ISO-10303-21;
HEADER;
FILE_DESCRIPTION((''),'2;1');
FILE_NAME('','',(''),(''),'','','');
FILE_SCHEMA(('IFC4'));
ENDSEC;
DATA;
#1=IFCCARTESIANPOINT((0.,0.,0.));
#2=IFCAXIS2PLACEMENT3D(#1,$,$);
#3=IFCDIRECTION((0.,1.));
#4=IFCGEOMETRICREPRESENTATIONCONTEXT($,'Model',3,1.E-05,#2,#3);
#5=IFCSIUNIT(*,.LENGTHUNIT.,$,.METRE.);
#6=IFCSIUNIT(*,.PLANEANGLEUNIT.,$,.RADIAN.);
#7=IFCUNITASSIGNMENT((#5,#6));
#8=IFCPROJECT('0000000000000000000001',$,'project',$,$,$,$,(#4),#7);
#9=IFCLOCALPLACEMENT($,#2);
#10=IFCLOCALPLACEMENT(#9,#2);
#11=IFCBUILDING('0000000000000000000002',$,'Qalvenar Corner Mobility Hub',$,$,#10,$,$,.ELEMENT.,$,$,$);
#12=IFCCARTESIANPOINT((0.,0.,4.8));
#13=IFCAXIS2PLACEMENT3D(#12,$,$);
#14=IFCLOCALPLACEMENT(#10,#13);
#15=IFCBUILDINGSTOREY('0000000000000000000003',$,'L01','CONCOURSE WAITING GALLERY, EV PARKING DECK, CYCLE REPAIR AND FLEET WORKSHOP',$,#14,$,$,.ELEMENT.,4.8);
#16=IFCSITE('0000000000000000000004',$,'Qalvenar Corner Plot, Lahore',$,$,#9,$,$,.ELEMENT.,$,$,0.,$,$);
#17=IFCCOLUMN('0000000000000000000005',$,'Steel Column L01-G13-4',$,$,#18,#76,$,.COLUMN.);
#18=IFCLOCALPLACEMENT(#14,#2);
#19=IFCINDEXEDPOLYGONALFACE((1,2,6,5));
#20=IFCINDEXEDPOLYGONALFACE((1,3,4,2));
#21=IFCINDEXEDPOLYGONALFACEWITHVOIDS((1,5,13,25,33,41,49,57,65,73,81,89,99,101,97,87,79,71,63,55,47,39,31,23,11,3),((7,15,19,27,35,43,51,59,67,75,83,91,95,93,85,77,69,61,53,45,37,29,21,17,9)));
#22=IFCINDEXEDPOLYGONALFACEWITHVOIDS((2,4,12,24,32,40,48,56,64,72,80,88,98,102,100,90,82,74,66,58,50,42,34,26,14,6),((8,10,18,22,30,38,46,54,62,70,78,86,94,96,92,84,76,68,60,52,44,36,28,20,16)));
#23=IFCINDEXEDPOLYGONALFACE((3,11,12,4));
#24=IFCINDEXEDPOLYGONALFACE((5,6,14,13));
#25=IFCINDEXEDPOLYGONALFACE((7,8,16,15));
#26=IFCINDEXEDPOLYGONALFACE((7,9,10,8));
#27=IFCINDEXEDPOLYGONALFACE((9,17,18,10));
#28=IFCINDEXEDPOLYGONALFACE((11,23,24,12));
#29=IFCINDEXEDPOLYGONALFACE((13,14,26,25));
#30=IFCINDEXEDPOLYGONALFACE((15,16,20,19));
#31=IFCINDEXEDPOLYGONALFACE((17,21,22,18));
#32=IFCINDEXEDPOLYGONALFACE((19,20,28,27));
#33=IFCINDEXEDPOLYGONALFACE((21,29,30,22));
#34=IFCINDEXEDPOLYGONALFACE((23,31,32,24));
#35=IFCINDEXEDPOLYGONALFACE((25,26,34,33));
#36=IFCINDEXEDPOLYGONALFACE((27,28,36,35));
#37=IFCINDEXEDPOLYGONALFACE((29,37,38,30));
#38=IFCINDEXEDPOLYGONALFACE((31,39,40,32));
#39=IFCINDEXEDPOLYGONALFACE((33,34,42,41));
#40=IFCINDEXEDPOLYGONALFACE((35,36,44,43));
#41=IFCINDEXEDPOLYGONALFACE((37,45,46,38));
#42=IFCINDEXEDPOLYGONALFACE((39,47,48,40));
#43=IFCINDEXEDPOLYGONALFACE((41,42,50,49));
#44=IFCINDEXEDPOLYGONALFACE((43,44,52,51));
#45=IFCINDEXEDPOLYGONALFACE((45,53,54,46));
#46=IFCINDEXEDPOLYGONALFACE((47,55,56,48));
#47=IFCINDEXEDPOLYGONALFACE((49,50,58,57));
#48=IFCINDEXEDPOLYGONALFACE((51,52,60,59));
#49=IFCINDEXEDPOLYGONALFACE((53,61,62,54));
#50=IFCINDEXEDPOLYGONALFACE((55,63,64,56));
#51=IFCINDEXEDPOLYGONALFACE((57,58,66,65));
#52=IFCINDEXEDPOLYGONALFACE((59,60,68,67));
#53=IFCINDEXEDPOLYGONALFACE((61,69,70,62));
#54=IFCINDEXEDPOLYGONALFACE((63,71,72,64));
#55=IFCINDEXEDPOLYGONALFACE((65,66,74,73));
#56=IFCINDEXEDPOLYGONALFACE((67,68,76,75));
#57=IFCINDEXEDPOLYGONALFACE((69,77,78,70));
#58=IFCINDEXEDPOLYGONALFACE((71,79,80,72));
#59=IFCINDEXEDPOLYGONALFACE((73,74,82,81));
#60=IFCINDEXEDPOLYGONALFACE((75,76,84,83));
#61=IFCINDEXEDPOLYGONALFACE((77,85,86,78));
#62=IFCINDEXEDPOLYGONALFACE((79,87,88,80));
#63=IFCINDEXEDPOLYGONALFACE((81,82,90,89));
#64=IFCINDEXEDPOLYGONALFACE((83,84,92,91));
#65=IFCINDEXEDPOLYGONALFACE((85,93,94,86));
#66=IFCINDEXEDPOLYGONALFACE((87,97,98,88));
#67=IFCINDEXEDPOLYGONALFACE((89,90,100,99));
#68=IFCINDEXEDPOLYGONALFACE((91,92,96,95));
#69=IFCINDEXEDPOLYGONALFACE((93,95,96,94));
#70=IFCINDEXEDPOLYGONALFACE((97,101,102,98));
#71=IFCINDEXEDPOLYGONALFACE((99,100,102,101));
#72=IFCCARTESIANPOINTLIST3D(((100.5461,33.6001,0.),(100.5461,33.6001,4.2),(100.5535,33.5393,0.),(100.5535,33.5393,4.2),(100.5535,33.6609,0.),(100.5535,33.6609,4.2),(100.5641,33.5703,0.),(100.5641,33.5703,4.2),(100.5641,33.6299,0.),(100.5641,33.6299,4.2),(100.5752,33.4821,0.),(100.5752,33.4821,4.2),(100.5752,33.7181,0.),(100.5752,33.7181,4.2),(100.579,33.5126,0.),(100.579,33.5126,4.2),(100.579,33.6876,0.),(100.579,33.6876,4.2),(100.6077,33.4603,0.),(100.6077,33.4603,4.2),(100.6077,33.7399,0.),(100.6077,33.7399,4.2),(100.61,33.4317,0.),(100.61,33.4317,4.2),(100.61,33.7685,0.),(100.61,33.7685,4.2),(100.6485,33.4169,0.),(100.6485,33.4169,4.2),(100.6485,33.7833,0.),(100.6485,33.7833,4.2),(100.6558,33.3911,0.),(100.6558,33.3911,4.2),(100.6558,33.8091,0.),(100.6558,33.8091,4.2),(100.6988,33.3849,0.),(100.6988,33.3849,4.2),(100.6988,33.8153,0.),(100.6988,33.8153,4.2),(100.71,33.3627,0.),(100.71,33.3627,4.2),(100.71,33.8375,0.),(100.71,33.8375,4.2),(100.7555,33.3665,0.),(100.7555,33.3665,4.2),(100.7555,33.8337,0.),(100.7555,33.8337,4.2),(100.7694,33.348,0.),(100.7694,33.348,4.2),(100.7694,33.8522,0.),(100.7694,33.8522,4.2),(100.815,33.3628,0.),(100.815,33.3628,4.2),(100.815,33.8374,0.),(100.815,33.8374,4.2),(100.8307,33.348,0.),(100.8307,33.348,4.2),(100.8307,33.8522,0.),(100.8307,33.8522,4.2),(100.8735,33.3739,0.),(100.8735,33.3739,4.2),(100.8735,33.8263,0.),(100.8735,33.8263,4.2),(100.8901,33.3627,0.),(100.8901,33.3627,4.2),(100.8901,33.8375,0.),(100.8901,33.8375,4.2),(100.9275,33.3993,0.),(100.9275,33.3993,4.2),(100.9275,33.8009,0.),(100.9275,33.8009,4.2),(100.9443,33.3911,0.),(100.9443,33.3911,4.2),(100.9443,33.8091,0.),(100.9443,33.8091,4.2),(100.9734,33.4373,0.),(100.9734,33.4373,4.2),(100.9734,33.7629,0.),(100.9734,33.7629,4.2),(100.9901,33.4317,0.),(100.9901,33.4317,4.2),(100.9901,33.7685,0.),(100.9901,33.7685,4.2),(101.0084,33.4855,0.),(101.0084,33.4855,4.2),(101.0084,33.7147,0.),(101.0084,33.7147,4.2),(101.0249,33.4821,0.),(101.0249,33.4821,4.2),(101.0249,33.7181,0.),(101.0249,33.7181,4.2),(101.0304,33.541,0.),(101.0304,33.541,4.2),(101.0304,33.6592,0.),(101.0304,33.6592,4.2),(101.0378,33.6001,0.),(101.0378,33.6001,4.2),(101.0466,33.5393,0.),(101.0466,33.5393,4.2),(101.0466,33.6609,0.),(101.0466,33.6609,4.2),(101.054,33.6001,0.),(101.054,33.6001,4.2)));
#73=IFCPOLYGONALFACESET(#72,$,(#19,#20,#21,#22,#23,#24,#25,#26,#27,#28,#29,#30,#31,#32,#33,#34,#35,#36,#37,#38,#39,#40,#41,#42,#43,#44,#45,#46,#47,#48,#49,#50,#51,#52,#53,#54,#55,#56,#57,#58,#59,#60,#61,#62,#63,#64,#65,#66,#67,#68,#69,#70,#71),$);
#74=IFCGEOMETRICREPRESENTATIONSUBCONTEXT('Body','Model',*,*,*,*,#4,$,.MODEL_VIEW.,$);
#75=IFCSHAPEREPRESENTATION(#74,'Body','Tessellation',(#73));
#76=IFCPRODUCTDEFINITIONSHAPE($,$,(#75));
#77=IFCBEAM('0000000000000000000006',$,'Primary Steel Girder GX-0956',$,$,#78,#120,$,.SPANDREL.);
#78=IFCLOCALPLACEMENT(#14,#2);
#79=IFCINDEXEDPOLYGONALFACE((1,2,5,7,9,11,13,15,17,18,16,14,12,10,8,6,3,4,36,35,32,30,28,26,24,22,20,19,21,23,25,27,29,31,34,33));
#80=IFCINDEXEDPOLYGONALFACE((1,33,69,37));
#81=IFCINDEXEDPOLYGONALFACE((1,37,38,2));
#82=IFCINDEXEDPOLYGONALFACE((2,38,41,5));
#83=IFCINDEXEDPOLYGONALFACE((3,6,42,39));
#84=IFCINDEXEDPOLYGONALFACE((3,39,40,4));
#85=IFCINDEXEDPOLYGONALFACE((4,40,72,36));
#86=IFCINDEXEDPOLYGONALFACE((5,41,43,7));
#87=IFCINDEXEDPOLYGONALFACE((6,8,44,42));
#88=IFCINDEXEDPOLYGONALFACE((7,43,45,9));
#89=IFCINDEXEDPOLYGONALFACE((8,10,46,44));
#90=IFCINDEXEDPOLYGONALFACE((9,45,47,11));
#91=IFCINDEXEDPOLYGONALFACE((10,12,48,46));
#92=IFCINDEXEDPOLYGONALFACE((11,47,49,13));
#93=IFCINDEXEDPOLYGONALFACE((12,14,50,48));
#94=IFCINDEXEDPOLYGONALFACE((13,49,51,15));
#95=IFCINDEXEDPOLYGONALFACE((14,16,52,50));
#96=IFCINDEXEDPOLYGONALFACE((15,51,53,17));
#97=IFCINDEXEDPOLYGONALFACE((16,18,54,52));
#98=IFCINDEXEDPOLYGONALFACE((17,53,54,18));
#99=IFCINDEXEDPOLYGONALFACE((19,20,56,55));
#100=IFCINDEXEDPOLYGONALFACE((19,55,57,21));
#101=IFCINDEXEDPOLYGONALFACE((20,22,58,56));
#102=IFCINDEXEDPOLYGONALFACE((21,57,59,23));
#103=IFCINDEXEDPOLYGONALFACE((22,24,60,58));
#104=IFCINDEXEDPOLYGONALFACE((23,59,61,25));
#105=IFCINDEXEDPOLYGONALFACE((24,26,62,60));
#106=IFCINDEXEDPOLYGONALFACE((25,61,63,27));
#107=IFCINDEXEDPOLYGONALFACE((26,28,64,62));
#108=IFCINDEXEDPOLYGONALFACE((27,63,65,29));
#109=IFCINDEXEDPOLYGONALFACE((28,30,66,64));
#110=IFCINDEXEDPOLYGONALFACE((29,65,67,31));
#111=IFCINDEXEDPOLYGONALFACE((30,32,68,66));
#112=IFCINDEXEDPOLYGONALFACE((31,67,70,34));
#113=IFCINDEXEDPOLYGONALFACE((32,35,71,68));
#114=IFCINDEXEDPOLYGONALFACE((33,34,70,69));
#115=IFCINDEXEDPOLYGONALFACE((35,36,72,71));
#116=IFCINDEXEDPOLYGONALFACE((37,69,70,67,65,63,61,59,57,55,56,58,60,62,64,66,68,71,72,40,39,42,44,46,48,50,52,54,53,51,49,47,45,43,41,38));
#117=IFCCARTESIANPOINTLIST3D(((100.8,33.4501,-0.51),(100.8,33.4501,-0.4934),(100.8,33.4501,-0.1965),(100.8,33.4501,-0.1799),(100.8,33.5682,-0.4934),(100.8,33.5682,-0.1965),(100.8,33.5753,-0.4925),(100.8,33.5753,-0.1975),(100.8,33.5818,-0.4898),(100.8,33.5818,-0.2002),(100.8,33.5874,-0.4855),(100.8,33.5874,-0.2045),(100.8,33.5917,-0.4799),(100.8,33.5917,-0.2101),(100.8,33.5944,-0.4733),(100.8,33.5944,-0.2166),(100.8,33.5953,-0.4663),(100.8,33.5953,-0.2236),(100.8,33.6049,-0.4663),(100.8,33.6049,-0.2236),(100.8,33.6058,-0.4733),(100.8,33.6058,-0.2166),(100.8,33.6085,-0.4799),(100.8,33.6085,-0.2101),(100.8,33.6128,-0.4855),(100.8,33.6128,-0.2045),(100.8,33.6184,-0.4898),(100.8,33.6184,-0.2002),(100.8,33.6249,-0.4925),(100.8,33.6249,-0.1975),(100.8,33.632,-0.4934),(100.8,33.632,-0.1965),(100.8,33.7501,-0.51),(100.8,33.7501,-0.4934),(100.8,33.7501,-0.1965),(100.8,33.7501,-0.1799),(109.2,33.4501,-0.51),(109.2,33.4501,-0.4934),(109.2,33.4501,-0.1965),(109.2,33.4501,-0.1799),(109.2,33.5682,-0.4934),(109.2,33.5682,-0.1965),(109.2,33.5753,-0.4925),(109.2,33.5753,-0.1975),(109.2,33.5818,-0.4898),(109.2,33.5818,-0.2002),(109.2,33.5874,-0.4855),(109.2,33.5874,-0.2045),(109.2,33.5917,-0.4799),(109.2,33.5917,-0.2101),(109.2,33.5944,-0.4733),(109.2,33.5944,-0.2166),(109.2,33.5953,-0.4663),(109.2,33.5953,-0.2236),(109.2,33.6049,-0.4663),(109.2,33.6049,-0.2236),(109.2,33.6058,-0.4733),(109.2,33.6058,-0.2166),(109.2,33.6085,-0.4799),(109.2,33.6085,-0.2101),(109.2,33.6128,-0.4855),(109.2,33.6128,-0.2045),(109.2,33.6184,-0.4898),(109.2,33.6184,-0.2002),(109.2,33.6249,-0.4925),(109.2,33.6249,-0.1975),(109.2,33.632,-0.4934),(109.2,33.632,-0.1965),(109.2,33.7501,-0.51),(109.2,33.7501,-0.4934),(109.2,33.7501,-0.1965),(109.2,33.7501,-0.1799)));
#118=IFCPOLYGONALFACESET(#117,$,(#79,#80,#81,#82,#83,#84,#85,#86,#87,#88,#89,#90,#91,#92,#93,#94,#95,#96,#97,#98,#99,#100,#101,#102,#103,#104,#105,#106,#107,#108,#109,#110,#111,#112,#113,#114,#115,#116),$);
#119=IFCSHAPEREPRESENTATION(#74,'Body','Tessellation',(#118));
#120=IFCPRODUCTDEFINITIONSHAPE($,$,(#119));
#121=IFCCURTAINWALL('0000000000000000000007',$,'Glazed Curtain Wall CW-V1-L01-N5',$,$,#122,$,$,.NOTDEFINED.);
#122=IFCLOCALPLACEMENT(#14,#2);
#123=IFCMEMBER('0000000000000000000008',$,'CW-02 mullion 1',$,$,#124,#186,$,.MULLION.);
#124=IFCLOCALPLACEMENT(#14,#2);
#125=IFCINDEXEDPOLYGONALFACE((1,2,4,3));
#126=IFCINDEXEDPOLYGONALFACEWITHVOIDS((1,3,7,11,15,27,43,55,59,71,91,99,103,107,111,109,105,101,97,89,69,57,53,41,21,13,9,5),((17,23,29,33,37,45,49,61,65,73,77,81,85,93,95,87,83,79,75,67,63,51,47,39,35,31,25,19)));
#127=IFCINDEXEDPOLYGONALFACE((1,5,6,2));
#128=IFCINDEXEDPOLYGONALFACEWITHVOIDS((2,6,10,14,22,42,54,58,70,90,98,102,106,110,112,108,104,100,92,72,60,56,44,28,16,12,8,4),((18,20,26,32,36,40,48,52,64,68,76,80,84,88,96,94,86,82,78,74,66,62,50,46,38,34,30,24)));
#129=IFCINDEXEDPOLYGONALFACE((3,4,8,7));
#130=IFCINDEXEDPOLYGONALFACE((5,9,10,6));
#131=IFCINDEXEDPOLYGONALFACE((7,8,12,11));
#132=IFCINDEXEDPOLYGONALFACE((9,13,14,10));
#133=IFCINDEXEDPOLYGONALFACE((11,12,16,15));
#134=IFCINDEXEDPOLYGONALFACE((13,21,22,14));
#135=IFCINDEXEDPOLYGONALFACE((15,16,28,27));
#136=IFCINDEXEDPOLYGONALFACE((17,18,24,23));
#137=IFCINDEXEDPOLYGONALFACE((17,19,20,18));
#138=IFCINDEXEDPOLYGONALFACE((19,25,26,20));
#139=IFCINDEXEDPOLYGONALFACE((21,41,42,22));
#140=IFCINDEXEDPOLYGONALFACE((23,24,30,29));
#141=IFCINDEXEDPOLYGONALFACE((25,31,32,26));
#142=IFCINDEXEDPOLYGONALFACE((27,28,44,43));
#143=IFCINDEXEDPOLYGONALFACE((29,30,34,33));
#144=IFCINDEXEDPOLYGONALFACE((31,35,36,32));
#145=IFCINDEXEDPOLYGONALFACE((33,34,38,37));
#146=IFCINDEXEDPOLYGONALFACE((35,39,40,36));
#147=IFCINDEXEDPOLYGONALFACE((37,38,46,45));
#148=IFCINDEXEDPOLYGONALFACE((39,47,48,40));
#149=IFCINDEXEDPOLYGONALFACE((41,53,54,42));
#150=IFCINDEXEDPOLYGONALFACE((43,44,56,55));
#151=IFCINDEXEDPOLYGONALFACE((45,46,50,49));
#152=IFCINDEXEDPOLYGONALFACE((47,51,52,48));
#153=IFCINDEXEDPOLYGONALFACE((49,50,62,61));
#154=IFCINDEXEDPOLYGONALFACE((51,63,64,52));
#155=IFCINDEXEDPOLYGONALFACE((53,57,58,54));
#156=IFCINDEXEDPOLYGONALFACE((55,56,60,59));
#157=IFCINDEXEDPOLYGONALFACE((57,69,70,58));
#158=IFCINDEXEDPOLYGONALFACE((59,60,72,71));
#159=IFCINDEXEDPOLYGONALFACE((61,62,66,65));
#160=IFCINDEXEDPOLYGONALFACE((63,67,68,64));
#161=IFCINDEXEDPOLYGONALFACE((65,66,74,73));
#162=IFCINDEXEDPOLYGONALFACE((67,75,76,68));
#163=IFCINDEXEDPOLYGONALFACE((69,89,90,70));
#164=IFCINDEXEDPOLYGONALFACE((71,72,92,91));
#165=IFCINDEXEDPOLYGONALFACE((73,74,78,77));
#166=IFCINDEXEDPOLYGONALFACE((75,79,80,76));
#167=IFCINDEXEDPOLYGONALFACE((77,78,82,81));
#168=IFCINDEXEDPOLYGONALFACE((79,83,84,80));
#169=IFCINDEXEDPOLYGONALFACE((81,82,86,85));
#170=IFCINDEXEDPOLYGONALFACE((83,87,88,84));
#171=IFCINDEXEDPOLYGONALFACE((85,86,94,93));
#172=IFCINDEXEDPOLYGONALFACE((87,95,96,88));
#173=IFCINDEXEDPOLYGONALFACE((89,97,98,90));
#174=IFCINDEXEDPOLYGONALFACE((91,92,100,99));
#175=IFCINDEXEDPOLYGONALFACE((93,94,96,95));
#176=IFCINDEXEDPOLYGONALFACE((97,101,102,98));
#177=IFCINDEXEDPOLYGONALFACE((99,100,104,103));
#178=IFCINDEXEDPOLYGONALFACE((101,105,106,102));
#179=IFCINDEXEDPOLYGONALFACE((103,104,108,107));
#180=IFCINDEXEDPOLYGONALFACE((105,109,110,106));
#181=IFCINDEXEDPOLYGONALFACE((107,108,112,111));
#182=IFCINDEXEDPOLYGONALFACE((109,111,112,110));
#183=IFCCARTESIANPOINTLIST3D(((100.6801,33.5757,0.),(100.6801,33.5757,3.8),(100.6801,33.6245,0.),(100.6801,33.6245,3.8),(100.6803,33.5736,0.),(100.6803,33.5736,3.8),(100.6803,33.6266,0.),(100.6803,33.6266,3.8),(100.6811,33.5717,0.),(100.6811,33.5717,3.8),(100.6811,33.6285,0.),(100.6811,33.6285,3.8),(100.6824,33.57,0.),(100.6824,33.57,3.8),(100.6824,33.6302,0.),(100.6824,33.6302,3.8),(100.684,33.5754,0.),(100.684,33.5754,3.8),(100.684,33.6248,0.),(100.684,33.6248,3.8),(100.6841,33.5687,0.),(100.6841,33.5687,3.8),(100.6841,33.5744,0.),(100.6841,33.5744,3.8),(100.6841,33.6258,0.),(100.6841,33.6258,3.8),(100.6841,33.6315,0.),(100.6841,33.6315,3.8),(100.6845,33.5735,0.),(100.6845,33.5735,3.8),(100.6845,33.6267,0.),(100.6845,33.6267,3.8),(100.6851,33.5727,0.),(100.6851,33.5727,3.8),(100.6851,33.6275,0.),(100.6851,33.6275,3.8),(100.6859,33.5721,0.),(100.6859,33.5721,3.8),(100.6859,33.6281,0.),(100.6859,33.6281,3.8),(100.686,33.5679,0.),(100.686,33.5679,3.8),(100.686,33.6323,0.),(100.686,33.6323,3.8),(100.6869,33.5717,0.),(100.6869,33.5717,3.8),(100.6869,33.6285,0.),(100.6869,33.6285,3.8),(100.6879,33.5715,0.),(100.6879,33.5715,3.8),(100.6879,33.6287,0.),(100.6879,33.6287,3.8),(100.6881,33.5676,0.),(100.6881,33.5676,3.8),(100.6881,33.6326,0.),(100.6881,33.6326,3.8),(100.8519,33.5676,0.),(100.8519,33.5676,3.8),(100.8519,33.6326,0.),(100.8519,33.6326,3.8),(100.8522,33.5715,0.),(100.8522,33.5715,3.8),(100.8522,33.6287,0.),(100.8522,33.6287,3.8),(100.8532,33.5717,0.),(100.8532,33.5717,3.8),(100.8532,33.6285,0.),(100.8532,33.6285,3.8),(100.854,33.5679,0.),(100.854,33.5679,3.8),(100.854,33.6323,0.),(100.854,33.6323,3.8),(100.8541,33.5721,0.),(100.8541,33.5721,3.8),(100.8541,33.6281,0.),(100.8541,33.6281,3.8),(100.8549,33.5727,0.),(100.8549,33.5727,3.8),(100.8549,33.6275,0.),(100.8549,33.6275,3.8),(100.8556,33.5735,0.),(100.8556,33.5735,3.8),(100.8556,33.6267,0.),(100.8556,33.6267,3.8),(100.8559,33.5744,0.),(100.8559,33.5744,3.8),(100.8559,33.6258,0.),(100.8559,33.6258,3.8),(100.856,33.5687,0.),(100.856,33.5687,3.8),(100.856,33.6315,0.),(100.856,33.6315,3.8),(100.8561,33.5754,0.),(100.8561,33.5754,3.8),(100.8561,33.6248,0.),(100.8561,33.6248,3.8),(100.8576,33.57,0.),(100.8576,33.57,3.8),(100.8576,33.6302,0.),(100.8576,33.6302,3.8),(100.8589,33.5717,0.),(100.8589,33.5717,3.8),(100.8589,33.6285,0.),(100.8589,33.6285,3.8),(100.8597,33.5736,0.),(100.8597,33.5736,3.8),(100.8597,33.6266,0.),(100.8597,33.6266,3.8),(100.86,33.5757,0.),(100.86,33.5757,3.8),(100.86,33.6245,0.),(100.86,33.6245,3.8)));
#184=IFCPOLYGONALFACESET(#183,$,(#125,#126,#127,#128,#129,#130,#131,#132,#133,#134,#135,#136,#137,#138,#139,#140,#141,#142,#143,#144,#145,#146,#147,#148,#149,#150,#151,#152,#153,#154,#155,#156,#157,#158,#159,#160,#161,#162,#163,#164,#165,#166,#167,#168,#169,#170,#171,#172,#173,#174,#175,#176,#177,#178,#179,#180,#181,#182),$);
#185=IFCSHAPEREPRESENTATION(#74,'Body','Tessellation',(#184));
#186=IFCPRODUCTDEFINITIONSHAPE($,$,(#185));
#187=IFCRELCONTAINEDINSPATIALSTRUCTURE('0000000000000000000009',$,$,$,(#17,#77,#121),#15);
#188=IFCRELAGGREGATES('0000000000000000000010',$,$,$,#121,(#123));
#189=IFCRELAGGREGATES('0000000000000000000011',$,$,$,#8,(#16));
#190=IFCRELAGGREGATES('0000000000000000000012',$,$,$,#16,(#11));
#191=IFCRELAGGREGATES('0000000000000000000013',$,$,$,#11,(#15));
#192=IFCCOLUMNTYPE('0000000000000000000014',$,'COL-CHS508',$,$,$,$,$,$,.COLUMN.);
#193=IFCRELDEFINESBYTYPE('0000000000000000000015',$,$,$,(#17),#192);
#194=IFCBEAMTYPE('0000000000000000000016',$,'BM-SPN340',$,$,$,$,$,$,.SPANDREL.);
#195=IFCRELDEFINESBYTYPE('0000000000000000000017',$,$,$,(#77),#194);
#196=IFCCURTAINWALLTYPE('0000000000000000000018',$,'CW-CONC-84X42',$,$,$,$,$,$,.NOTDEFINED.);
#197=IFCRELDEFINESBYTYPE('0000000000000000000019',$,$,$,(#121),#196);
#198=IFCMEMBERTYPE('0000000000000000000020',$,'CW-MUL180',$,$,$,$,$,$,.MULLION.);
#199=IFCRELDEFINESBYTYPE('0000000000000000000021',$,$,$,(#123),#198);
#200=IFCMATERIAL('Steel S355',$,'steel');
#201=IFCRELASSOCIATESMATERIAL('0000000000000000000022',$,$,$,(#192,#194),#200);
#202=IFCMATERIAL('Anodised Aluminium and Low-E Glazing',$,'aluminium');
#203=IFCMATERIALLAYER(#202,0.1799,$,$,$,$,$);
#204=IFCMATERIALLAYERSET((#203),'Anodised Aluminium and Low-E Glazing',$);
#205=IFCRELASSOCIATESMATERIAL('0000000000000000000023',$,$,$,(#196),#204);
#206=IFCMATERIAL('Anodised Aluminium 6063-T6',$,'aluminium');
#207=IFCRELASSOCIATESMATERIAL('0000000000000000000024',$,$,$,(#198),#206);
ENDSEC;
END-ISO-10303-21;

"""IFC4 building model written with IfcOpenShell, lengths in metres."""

from ifc_helpers import new_model, si_unit, direction, frame, origin, origin_2d, place, context, subcontext, project, spatial, hollow_rectangle, hollow_circle, i_section, extrude, material, layer, layer_set, material_profile, profile_set, type_object, element, aggregate, save


model = new_model("IFC4")

# Units and contexts
model_context = context("Model", 3, precision=1e-05, world=origin(), true_north=direction((0.0, 1.0)))
body_context = subcontext(model_context, "Body", "Model", "MODEL_VIEW")
ifc_project = project(units=[si_unit("LENGTHUNIT", "METRE"), si_unit("PLANEANGLEUNIT", "RADIAN")], contexts=[model_context])

# Site, building, storey
site_placement = place(None, origin())
site = spatial("IfcSite", under=ifc_project, at=site_placement, Name="Qalvenar Corner Plot, Lahore", CompositionType="ELEMENT", RefElevation=0.0)
building_placement = place(site_placement, origin())
building = spatial("IfcBuilding", under=site, at=building_placement, Name="Qalvenar Corner Mobility Hub", CompositionType="ELEMENT")
storey_placement = place(building_placement, frame((0.0, 0.0, 4.8)))
storey = spatial("IfcBuildingStorey", under=building, at=storey_placement, Name="L01", Description="CONCOURSE WAITING GALLERY, EV PARKING DECK, CYCLE REPAIR AND FLEET WORKSHOP", CompositionType="ELEMENT", Elevation=4.8)

# Column
ifc_material_1 = material(Name="Steel S355", Category="steel")
ifc_material_profile_1 = material_profile(ifc_material_1, hollow_circle(Radius=0.2539, WallThickness=0.0161, at=origin_2d()), Name="CHS508x16")
ifc_profile_set_1 = profile_set([ifc_material_profile_1], Name="Steel S355")
column_type = type_object("IfcColumnType", Name="COL-CHS508", PredefinedType="COLUMN", material=ifc_profile_set_1)
column_placement = place(storey_placement, frame((100.8, 33.6001, 0.0), z_axis=(0.0, 0.0, 1.0), x_axis=(1.0, 0.0, 0.0)))
element("IfcColumn", 1, at=column_placement, inside=storey, type_object=column_type, Name="Steel Column L01-G13-4", PredefinedType="COLUMN", context=body_context, shape_type="SweptSolid", body=[
    extrude(hollow_circle(Radius=0.2539, WallThickness=0.0161, at=origin_2d()), origin(), (0.0, 0.0, 1.0), 4.2),
])

# Beam
ifc_material_profile_2 = material_profile(ifc_material_1, i_section(OverallWidth=0.3, OverallDepth=0.3301, WebThickness=0.0095, FlangeThickness=0.0166, FilletRadius=0.0271, at=origin_2d()), Name="HEA340")
ifc_profile_set_2 = profile_set([ifc_material_profile_2], Name="Steel S355")
beam_type = type_object("IfcBeamType", Name="BM-SPN340", PredefinedType="SPANDREL", material=ifc_profile_set_2)
beam_placement = place(storey_placement, frame((100.8, 33.6001, -0.345), z_axis=(1.0, 0.0, 0.0), x_axis=(0.0, 1.0, 0.0)))
element("IfcBeam", 2, at=beam_placement, inside=storey, type_object=beam_type, Name="Primary Steel Girder GX-0956", PredefinedType="SPANDREL", context=body_context, shape_type="SweptSolid", body=[
    extrude(i_section(OverallWidth=0.3, OverallDepth=0.3301, WebThickness=0.0095, FlangeThickness=0.0166, FilletRadius=0.0271, at=origin_2d()), origin(), (0.0, 0.0, 1.0), 8.3999),
])

# Curtain wall, member
ifc_material_2 = material(Name="Anodised Aluminium and Low-E Glazing", Category="aluminium")
ifc_layer_1 = layer(ifc_material_2, 0.1799)
ifc_layer_set_1 = layer_set([ifc_layer_1], Name="Anodised Aluminium and Low-E Glazing")
curtain_wall_type = type_object("IfcCurtainWallType", Name="CW-CONC-84X42", PredefinedType="NOTDEFINED", material=ifc_layer_set_1)
curtain_wall_1_placement = place(storey_placement, origin())
curtain_wall_1 = element("IfcCurtainWall", 3, at=curtain_wall_1_placement, inside=storey, type_object=curtain_wall_type, Name="Glazed Curtain Wall CW-V1-L01-N5", PredefinedType="NOTDEFINED")
ifc_material_3 = material(Name="Anodised Aluminium 6063-T6", Category="aluminium")
ifc_material_profile_3 = material_profile(ifc_material_3, hollow_rectangle(XDim=0.0649, YDim=0.1799, WallThickness=0.0039, InnerFilletRadius=0.0039, OuterFilletRadius=0.0081, at=origin_2d()), Name="RHS180x65x4")
ifc_profile_set_3 = profile_set([ifc_material_profile_3], Name="Anodised Aluminium 6063-T6")
member_type_1 = type_object("IfcMemberType", Name="CW-MUL180", PredefinedType="MULLION", material=ifc_profile_set_3)
member_1_placement = place(storey_placement, frame((100.77, 33.6001, 0.0), z_axis=(0.0, 0.0, 1.0), x_axis=(0.0, -1.0, 0.0)))
member_1 = element("IfcMember", 4, at=member_1_placement, type_object=member_type_1, Name="CW-02 mullion 1", PredefinedType="MULLION", context=body_context, shape_type="SweptSolid", body=[
    extrude(hollow_rectangle(XDim=0.0649, YDim=0.1799, WallThickness=0.0039, InnerFilletRadius=0.0039, OuterFilletRadius=0.0081, at=origin_2d()), origin(), (0.0, 0.0, 1.0), 3.8),
])

aggregate(curtain_wall_1, [member_1])

save(model, "model.ifc")
